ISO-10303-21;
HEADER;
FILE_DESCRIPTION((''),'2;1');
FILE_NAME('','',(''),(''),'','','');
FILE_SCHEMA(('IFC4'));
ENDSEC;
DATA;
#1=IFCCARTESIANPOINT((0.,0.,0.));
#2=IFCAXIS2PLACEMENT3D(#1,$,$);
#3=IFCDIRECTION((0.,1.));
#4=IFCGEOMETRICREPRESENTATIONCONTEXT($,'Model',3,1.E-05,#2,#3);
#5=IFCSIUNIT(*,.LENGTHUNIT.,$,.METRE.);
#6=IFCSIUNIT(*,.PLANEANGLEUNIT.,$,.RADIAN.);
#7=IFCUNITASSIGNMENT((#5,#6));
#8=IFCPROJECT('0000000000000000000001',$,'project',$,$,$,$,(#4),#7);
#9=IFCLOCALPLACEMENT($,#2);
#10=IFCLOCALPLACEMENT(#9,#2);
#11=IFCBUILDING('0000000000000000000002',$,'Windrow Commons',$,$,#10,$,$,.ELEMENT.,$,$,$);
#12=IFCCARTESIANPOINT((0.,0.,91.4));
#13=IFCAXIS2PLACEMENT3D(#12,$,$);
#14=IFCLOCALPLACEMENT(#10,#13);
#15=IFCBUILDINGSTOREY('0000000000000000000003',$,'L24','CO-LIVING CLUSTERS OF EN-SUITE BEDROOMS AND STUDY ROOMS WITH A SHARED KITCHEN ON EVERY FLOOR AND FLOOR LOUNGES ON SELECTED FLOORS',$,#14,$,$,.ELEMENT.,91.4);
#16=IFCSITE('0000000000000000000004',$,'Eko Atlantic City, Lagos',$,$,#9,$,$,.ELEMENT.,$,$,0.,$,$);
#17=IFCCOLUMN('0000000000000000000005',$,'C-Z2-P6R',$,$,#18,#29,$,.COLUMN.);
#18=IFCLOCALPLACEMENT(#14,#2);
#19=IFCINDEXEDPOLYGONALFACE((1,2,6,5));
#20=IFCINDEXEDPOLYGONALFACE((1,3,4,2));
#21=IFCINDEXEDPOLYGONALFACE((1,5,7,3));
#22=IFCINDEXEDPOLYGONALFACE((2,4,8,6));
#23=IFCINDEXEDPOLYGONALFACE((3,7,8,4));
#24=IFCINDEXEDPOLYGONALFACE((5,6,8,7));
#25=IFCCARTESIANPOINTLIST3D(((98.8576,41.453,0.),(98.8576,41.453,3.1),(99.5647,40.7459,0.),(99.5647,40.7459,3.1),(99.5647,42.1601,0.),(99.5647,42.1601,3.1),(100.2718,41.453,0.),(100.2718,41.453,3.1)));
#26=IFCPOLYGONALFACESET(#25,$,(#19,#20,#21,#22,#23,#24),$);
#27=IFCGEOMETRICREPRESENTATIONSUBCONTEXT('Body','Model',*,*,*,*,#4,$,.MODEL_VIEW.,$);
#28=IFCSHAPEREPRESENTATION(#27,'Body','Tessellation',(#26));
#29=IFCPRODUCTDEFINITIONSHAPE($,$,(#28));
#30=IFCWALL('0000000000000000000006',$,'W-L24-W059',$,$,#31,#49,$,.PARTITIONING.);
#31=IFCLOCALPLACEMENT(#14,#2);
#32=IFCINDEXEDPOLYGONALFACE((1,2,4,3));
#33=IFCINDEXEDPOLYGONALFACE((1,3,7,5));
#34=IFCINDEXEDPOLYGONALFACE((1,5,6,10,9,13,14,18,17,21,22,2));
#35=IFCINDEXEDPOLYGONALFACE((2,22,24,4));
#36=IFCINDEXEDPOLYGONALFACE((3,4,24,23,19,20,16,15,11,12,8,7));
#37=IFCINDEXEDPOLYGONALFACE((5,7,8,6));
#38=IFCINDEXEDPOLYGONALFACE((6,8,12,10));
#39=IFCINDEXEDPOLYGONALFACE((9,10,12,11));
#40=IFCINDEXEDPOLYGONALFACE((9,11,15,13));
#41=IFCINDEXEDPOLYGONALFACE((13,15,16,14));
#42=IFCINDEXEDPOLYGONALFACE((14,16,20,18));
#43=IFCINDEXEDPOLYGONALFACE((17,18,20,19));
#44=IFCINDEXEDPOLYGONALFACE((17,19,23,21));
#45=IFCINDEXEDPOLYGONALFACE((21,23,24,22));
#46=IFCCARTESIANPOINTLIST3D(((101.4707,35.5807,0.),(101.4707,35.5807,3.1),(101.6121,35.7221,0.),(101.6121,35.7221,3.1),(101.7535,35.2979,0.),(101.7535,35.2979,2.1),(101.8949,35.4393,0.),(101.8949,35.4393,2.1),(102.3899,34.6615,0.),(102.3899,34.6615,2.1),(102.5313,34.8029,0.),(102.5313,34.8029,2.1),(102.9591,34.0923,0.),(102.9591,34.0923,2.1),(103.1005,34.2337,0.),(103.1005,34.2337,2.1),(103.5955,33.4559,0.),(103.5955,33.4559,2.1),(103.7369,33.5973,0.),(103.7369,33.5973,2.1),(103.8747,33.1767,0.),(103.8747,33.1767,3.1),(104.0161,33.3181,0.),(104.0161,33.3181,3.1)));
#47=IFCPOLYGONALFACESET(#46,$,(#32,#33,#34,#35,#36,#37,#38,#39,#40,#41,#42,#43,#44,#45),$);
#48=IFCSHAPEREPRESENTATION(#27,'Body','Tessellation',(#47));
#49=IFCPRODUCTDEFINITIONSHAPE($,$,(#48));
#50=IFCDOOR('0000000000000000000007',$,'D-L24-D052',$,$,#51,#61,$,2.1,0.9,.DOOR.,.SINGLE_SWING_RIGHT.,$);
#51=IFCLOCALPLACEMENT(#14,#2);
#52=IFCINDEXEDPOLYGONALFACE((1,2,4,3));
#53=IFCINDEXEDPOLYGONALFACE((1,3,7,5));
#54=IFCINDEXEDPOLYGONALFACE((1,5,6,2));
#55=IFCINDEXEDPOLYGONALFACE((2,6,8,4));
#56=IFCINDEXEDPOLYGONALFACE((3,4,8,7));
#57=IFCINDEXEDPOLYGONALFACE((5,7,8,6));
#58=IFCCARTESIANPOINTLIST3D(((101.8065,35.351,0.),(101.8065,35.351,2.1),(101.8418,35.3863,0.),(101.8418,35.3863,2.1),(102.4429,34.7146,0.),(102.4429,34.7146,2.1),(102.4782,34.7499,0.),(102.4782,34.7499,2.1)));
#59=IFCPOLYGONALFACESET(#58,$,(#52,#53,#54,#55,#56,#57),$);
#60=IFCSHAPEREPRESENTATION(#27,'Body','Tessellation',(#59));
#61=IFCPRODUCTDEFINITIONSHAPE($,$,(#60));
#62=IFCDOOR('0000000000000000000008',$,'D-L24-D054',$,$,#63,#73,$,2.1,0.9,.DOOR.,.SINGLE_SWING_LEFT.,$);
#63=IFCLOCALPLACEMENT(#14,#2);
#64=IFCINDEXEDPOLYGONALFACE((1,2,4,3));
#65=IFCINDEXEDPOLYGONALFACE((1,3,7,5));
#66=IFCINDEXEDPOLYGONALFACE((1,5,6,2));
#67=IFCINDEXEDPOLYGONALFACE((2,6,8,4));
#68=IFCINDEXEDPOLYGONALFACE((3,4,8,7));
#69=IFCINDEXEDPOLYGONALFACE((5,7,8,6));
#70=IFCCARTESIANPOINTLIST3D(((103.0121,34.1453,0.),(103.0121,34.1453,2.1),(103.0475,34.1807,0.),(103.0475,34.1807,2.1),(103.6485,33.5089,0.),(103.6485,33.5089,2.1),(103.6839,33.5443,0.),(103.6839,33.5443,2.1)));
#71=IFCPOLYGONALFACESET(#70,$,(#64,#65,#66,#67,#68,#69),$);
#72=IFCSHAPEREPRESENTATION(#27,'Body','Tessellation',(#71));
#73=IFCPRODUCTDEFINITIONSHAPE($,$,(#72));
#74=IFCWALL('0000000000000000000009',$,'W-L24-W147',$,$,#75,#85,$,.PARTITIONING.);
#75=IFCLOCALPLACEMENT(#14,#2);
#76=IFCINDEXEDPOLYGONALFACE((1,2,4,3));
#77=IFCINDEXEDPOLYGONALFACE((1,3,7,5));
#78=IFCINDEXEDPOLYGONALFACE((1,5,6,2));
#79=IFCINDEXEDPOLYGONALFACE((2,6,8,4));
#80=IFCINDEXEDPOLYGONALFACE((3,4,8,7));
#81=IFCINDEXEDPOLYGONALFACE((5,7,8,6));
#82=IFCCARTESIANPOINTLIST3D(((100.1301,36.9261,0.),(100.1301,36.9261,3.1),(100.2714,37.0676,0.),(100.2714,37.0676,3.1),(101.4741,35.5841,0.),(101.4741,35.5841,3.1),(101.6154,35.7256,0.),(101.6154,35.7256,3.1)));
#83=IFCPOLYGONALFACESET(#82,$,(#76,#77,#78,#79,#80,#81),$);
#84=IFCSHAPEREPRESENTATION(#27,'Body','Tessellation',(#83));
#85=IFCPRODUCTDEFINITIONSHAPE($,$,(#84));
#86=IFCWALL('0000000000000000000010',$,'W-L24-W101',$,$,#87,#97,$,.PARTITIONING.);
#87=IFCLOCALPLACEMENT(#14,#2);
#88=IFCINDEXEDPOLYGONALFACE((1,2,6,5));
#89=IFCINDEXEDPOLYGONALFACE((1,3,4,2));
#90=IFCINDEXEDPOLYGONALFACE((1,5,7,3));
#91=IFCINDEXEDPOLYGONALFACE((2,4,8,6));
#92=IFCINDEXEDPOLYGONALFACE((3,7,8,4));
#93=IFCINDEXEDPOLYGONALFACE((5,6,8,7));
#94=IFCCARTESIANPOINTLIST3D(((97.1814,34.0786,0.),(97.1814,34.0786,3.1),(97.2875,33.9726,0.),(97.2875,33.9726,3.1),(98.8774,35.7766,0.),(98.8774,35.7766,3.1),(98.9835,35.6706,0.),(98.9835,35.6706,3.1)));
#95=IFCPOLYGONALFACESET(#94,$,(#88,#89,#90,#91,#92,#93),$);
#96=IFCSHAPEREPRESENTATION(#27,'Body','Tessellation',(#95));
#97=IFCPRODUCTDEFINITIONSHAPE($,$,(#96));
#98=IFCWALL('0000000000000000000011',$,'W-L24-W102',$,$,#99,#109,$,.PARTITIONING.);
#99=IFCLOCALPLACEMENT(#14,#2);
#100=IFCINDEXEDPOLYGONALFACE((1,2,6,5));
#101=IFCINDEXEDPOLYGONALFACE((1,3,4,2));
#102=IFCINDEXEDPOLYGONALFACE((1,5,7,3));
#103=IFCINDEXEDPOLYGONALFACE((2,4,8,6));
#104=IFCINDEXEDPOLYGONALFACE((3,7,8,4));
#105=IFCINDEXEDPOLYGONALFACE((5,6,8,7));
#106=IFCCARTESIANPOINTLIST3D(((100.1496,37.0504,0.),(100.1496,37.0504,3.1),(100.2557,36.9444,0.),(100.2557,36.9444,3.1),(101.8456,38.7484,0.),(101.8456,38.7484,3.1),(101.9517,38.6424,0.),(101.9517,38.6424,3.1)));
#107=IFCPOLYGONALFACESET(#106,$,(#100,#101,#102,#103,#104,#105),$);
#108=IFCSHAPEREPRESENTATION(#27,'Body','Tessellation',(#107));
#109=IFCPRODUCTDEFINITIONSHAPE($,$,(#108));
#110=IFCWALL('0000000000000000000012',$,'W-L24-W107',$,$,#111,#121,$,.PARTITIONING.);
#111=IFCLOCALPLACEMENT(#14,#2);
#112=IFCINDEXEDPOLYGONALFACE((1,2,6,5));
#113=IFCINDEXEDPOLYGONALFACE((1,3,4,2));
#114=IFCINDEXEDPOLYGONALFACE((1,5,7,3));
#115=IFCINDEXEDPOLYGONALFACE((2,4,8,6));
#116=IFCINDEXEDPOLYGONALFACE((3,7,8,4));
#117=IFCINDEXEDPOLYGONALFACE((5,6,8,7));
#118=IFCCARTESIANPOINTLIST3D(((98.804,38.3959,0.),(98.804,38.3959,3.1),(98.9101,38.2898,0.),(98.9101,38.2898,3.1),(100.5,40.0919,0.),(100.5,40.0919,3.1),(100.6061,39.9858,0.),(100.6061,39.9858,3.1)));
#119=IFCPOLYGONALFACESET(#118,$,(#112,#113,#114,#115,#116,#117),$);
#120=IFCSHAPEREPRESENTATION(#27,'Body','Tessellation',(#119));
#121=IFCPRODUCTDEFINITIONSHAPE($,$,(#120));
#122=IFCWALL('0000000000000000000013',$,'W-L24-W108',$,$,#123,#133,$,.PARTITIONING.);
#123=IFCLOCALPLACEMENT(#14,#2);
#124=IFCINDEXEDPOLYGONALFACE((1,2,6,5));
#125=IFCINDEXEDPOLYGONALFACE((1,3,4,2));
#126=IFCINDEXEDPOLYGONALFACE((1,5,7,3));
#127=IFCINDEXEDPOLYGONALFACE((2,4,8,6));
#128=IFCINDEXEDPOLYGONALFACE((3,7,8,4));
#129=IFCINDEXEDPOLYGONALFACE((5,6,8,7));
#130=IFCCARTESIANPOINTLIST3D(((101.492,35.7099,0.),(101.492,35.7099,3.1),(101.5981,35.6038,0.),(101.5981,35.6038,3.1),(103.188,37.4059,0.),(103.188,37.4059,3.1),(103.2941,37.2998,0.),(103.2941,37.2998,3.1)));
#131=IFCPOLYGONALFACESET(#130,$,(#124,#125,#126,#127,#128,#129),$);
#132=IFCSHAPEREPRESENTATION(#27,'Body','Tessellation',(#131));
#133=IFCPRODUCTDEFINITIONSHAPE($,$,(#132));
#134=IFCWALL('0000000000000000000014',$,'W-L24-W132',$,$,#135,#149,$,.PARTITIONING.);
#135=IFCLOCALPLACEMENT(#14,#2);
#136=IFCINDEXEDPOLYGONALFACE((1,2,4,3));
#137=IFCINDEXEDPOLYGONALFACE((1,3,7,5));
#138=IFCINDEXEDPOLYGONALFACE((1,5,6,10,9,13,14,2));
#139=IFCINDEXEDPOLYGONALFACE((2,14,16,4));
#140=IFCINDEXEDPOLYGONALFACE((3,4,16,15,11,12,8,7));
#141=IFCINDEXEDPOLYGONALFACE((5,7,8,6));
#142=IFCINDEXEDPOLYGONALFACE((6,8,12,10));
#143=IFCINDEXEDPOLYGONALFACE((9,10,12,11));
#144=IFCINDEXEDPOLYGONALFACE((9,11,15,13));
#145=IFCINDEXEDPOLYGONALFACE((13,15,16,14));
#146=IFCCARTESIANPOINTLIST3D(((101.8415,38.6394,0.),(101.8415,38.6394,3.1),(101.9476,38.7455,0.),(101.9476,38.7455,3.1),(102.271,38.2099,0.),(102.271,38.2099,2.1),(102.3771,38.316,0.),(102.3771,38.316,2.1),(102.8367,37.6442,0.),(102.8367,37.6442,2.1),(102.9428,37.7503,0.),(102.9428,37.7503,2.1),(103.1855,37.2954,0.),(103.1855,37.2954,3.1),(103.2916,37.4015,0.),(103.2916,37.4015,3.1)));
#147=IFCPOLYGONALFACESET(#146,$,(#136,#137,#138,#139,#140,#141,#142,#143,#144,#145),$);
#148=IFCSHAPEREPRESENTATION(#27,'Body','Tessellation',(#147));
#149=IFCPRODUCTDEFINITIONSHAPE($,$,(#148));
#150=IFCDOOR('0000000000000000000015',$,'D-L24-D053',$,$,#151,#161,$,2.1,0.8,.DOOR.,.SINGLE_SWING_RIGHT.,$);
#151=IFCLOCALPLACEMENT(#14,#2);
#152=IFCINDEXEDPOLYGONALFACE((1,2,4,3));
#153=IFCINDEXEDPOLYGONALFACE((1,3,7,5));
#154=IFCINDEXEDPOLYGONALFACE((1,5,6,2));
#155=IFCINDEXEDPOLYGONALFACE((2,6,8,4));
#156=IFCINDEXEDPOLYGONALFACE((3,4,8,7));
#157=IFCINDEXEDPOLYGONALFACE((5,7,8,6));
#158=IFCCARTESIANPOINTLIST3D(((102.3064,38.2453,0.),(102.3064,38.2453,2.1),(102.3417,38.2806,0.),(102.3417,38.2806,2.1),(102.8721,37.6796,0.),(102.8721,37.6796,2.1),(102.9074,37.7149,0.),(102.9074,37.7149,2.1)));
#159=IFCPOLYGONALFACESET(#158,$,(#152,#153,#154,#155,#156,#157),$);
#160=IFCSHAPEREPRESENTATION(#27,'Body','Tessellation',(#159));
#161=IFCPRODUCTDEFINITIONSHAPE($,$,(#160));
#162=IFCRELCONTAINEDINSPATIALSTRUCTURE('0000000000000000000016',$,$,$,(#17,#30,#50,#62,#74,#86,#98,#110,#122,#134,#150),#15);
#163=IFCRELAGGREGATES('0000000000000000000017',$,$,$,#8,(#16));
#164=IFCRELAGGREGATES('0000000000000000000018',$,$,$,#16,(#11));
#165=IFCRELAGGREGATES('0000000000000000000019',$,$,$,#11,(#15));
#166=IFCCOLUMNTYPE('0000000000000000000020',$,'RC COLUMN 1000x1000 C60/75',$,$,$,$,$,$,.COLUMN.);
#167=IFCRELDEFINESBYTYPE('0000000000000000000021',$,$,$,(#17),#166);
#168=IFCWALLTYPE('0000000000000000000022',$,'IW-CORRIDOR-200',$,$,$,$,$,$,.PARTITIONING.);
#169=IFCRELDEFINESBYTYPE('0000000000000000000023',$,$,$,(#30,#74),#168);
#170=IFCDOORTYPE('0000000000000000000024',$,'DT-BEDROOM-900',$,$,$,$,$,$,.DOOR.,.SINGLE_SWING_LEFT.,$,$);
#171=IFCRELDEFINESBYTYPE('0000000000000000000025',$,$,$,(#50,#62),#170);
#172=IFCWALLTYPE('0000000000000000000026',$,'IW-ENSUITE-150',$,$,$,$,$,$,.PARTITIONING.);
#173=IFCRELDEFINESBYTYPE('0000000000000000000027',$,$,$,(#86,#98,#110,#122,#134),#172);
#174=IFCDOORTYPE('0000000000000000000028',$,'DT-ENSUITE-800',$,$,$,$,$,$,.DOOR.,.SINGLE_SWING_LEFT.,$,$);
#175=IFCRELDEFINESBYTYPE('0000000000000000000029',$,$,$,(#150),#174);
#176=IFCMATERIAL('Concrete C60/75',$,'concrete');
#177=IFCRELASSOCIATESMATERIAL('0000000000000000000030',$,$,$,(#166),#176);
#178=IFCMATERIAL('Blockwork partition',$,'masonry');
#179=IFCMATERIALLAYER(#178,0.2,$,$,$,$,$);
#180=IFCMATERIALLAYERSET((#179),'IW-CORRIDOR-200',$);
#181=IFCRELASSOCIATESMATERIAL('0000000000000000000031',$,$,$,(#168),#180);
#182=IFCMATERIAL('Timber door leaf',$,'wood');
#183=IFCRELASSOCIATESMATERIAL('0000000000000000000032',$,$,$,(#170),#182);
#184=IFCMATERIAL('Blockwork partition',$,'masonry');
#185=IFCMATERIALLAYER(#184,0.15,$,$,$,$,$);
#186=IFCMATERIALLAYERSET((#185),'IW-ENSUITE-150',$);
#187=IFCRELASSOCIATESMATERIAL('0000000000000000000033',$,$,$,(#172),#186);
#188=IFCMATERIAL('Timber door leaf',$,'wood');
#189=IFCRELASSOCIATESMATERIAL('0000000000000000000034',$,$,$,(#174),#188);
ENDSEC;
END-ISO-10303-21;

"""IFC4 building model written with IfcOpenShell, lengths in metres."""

from ifc_helpers import new_model, si_unit, direction, frame, frame_2d, origin, origin_2d, place, context, subcontext, project, spatial, rectangle, extrude, material, layer, layer_set, material_profile, profile_set, type_object, element, fill, save


model = new_model("IFC4")

# Units and contexts
model_context = context("Model", 3, precision=1e-05, world=origin(), true_north=direction((0.0, 1.0)))
body_context = subcontext(model_context, "Body", "Model", "MODEL_VIEW")
ifc_project = project(units=[si_unit("LENGTHUNIT", "METRE"), si_unit("PLANEANGLEUNIT", "RADIAN")], contexts=[model_context])

# Site, building, storey
site_placement = place(None, origin())
site = spatial("IfcSite", under=ifc_project, at=site_placement, Name="Eko Atlantic City, Lagos", CompositionType="ELEMENT", RefElevation=0.0)
building_placement = place(site_placement, origin())
building = spatial("IfcBuilding", under=site, at=building_placement, Name="Windrow Commons", CompositionType="ELEMENT")
storey_placement = place(building_placement, frame((0.0, 0.0, 91.4)))
storey = spatial("IfcBuildingStorey", under=building, at=storey_placement, Name="L24", Description="CO-LIVING CLUSTERS OF EN-SUITE BEDROOMS AND STUDY ROOMS WITH A SHARED KITCHEN ON EVERY FLOOR AND FLOOR LOUNGES ON SELECTED FLOORS", CompositionType="ELEMENT", Elevation=91.4)

# Column
ifc_material_1 = material(Name="Concrete C60/75", Category="concrete")
ifc_material_profile = material_profile(ifc_material_1, rectangle(XDim=1.0, YDim=1.0, at=origin_2d()))
ifc_profile_set = profile_set([ifc_material_profile], Name="Concrete C60/75")
column_type = type_object("IfcColumnType", Name="RC COLUMN 1000x1000 C60/75", PredefinedType="COLUMN", material=ifc_profile_set)
column_placement = place(storey_placement, frame((99.5647, 41.453, 0.0), z_axis=(0.0, 0.0, 1.0), x_axis=(0.707107, -0.707107, 0.0)))
element("IfcColumn", 1, at=column_placement, inside=storey, type_object=column_type, Name="C-Z2-P6R", PredefinedType="COLUMN", context=body_context, shape_type="SweptSolid", body=[
    extrude(rectangle(XDim=1.0, YDim=1.0, at=origin_2d()), origin(), (0.0, 0.0, 1.0), 3.1),
])

# Wall, openings, doors
ifc_material_2 = material(Name="Blockwork partition", Category="masonry")
ifc_layer_1 = layer(ifc_material_2, 0.2)
ifc_layer_set_1 = layer_set([ifc_layer_1], Name="IW-CORRIDOR-200")
wall_type_1 = type_object("IfcWallType", Name="IW-CORRIDOR-200", PredefinedType="PARTITIONING", material=ifc_layer_set_1)
wall_1_placement = place(storey_placement, frame((101.5414, 35.6514, 0.0), z_axis=(0.0, 0.0, 1.0), x_axis=(0.707107, -0.707107, 0.0)))
wall_1 = element("IfcWall", 2, at=wall_1_placement, inside=storey, type_object=wall_type_1, Name="W-L24-W059", PredefinedType="PARTITIONING", context=body_context, shape_type="SweptSolid", body=[
    extrude(rectangle(XDim=3.3998, YDim=0.2, at=frame_2d((1.6999, 0.0))), origin(), (0.0, 0.0, 1.0), 3.1),
])
opening_1_placement = place(wall_1_placement, frame((0.3999, 0.0, 0.0)))
opening_1 = element("IfcOpeningElement", 3, at=opening_1_placement, cuts=wall_1, PredefinedType="OPENING", context=body_context, shape_type="SweptSolid", body=[
    extrude(rectangle(XDim=0.9, YDim=2.1, at=frame_2d((0.45, 1.05))), frame((0.0, 0.11, 0.0), z_axis=(0.0, -1.0, 0.0), x_axis=(1.0, 0.0, 0.0)), (0.0, 0.0, 1.0), 0.22),
])
opening_2_placement = place(wall_1_placement, frame((2.1049, 0.0, 0.0)))
opening_2 = element("IfcOpeningElement", 4, at=opening_2_placement, cuts=wall_1, PredefinedType="OPENING", context=body_context, shape_type="SweptSolid", body=[
    extrude(rectangle(XDim=0.9, YDim=2.1, at=frame_2d((0.45, 1.05))), frame((0.0, 0.11, 0.0), z_axis=(0.0, -1.0, 0.0), x_axis=(1.0, 0.0, 0.0)), (0.0, 0.0, 1.0), 0.22),
])
ifc_material_3 = material(Name="Timber door leaf", Category="wood")
door_type_1 = type_object("IfcDoorType", Name="DT-BEDROOM-900", OperationType="SINGLE_SWING_LEFT", PredefinedType="DOOR", material=ifc_material_3)
door_1_placement = place(opening_1_placement, origin())
door_1 = element("IfcDoor", 5, at=door_1_placement, inside=storey, type_object=door_type_1, Name="D-L24-D052", OperationType="SINGLE_SWING_RIGHT", OverallHeight=2.1, OverallWidth=0.9, PredefinedType="DOOR", context=body_context, shape_type="SweptSolid", body=[
    extrude(rectangle(XDim=0.9, YDim=2.1, at=frame_2d((0.45, 1.05))), frame((0.0, 0.025, 0.0), z_axis=(0.0, -1.0, 0.0), x_axis=(1.0, 0.0, 0.0)), (0.0, 0.0, 1.0), 0.05),
])
fill(opening_1, door_1)
door_2_placement = place(opening_2_placement, origin())
door_2 = element("IfcDoor", 6, at=door_2_placement, inside=storey, type_object=door_type_1, Name="D-L24-D054", OperationType="SINGLE_SWING_LEFT", OverallHeight=2.1, OverallWidth=0.9, PredefinedType="DOOR", context=body_context, shape_type="SweptSolid", body=[
    extrude(rectangle(XDim=0.9, YDim=2.1, at=frame_2d((0.45, 1.05))), frame((0.0, 0.025, 0.0), z_axis=(0.0, -1.0, 0.0), x_axis=(1.0, 0.0, 0.0)), (0.0, 0.0, 1.0), 0.05),
])
fill(opening_2, door_2)

# Walls
wall_2_placement = place(storey_placement, frame((100.2008, 36.9968, 0.0), z_axis=(0.0, 0.0, 1.0), x_axis=(0.707633, -0.70658, 0.0)))
element("IfcWall", 7, at=wall_2_placement, inside=storey, type_object=wall_type_1, Name="W-L24-W147", PredefinedType="PARTITIONING", context=body_context, shape_type="SweptSolid", body=[
    extrude(rectangle(XDim=1.8993, YDim=0.2, at=frame_2d((0.9496, 0.0))), origin(), (0.0, 0.0, 1.0), 3.1),
])
ifc_material_4 = material(Name="Blockwork partition", Category="masonry")
ifc_layer_2 = layer(ifc_material_4, 0.15)
ifc_layer_set_2 = layer_set([ifc_layer_2], Name="IW-ENSUITE-150")
wall_type_2 = type_object("IfcWallType", Name="IW-ENSUITE-150", PredefinedType="PARTITIONING", material=ifc_layer_set_2)
for number, where, z_axis, x_axis, name in (
    (8, (97.2344, 34.0256, 0.0), (0.0, 0.0, 1.0), (0.70669, 0.707523, 0.0), "W-L24-W101"),
    (9, (100.2026, 36.9974, 0.0), (0.0, 0.0, 1.0), (0.70669, 0.707523, 0.0), "W-L24-W102"),
):
    element("IfcWall", number, at=place(storey_placement, frame(where, z_axis=z_axis, x_axis=x_axis)), inside=storey, type_object=wall_type_2, Name=name, PredefinedType="PARTITIONING", context=body_context, shape_type="SweptSolid", body=[
        extrude(rectangle(XDim=2.3999, YDim=0.15, at=frame_2d((1.2, 0.0))), origin(), (0.0, 0.0, 1.0), 3.1),
    ])
for number, where, z_axis, x_axis, name in (
    (10, (98.8571, 38.3429, 0.0), (0.0, 0.0, 1.0), (0.707107, 0.707107, 0.0), "W-L24-W107"),
    (11, (101.5451, 35.6569, 0.0), (0.0, 0.0, 1.0), (0.707107, 0.707107, 0.0), "W-L24-W108"),
):
    element("IfcWall", number, at=place(storey_placement, frame(where, z_axis=z_axis, x_axis=x_axis)), inside=storey, type_object=wall_type_2, Name=name, PredefinedType="PARTITIONING", context=body_context, shape_type="SweptSolid", body=[
        extrude(rectangle(XDim=2.3985, YDim=0.15, at=frame_2d((1.1992, 0.0))), origin(), (0.0, 0.0, 1.0), 3.1),
    ])

# Wall, opening, door
wall_3_placement = place(storey_placement, frame((101.8945, 38.6925, 0.0), z_axis=(0.0, 0.0, 1.0), x_axis=(0.707107, -0.707107, 0.0)))
wall_3 = element("IfcWall", 12, at=wall_3_placement, inside=storey, type_object=wall_type_2, Name="W-L24-W132", PredefinedType="PARTITIONING", context=body_context, shape_type="SweptSolid", body=[
    extrude(rectangle(XDim=1.9007, YDim=0.15, at=frame_2d((0.9504, 0.0))), origin(), (0.0, 0.0, 1.0), 3.1),
])
opening_3_placement = place(wall_3_placement, frame((0.6075, 0.0, 0.0)))
opening_3 = element("IfcOpeningElement", 13, at=opening_3_placement, cuts=wall_3, PredefinedType="OPENING", context=body_context, shape_type="SweptSolid", body=[
    extrude(rectangle(XDim=0.8, YDim=2.1, at=frame_2d((0.4, 1.05))), frame((0.0, 0.085, 0.0), z_axis=(0.0, -1.0, 0.0), x_axis=(1.0, 0.0, 0.0)), (0.0, 0.0, 1.0), 0.17),
])
ifc_material_5 = material(Name="Timber door leaf", Category="wood")
door_type_2 = type_object("IfcDoorType", Name="DT-ENSUITE-800", OperationType="SINGLE_SWING_LEFT", PredefinedType="DOOR", material=ifc_material_5)
door_3_placement = place(opening_3_placement, origin())
door_3 = element("IfcDoor", 14, at=door_3_placement, inside=storey, type_object=door_type_2, Name="D-L24-D053", OperationType="SINGLE_SWING_RIGHT", OverallHeight=2.1, OverallWidth=0.8, PredefinedType="DOOR", context=body_context, shape_type="SweptSolid", body=[
    extrude(rectangle(XDim=0.8, YDim=2.1, at=frame_2d((0.4, 1.05))), frame((0.0, 0.025, 0.0), z_axis=(0.0, -1.0, 0.0), x_axis=(1.0, 0.0, 0.0)), (0.0, 0.0, 1.0), 0.05),
])
fill(opening_3, door_3)

save(model, "model.ifc")
